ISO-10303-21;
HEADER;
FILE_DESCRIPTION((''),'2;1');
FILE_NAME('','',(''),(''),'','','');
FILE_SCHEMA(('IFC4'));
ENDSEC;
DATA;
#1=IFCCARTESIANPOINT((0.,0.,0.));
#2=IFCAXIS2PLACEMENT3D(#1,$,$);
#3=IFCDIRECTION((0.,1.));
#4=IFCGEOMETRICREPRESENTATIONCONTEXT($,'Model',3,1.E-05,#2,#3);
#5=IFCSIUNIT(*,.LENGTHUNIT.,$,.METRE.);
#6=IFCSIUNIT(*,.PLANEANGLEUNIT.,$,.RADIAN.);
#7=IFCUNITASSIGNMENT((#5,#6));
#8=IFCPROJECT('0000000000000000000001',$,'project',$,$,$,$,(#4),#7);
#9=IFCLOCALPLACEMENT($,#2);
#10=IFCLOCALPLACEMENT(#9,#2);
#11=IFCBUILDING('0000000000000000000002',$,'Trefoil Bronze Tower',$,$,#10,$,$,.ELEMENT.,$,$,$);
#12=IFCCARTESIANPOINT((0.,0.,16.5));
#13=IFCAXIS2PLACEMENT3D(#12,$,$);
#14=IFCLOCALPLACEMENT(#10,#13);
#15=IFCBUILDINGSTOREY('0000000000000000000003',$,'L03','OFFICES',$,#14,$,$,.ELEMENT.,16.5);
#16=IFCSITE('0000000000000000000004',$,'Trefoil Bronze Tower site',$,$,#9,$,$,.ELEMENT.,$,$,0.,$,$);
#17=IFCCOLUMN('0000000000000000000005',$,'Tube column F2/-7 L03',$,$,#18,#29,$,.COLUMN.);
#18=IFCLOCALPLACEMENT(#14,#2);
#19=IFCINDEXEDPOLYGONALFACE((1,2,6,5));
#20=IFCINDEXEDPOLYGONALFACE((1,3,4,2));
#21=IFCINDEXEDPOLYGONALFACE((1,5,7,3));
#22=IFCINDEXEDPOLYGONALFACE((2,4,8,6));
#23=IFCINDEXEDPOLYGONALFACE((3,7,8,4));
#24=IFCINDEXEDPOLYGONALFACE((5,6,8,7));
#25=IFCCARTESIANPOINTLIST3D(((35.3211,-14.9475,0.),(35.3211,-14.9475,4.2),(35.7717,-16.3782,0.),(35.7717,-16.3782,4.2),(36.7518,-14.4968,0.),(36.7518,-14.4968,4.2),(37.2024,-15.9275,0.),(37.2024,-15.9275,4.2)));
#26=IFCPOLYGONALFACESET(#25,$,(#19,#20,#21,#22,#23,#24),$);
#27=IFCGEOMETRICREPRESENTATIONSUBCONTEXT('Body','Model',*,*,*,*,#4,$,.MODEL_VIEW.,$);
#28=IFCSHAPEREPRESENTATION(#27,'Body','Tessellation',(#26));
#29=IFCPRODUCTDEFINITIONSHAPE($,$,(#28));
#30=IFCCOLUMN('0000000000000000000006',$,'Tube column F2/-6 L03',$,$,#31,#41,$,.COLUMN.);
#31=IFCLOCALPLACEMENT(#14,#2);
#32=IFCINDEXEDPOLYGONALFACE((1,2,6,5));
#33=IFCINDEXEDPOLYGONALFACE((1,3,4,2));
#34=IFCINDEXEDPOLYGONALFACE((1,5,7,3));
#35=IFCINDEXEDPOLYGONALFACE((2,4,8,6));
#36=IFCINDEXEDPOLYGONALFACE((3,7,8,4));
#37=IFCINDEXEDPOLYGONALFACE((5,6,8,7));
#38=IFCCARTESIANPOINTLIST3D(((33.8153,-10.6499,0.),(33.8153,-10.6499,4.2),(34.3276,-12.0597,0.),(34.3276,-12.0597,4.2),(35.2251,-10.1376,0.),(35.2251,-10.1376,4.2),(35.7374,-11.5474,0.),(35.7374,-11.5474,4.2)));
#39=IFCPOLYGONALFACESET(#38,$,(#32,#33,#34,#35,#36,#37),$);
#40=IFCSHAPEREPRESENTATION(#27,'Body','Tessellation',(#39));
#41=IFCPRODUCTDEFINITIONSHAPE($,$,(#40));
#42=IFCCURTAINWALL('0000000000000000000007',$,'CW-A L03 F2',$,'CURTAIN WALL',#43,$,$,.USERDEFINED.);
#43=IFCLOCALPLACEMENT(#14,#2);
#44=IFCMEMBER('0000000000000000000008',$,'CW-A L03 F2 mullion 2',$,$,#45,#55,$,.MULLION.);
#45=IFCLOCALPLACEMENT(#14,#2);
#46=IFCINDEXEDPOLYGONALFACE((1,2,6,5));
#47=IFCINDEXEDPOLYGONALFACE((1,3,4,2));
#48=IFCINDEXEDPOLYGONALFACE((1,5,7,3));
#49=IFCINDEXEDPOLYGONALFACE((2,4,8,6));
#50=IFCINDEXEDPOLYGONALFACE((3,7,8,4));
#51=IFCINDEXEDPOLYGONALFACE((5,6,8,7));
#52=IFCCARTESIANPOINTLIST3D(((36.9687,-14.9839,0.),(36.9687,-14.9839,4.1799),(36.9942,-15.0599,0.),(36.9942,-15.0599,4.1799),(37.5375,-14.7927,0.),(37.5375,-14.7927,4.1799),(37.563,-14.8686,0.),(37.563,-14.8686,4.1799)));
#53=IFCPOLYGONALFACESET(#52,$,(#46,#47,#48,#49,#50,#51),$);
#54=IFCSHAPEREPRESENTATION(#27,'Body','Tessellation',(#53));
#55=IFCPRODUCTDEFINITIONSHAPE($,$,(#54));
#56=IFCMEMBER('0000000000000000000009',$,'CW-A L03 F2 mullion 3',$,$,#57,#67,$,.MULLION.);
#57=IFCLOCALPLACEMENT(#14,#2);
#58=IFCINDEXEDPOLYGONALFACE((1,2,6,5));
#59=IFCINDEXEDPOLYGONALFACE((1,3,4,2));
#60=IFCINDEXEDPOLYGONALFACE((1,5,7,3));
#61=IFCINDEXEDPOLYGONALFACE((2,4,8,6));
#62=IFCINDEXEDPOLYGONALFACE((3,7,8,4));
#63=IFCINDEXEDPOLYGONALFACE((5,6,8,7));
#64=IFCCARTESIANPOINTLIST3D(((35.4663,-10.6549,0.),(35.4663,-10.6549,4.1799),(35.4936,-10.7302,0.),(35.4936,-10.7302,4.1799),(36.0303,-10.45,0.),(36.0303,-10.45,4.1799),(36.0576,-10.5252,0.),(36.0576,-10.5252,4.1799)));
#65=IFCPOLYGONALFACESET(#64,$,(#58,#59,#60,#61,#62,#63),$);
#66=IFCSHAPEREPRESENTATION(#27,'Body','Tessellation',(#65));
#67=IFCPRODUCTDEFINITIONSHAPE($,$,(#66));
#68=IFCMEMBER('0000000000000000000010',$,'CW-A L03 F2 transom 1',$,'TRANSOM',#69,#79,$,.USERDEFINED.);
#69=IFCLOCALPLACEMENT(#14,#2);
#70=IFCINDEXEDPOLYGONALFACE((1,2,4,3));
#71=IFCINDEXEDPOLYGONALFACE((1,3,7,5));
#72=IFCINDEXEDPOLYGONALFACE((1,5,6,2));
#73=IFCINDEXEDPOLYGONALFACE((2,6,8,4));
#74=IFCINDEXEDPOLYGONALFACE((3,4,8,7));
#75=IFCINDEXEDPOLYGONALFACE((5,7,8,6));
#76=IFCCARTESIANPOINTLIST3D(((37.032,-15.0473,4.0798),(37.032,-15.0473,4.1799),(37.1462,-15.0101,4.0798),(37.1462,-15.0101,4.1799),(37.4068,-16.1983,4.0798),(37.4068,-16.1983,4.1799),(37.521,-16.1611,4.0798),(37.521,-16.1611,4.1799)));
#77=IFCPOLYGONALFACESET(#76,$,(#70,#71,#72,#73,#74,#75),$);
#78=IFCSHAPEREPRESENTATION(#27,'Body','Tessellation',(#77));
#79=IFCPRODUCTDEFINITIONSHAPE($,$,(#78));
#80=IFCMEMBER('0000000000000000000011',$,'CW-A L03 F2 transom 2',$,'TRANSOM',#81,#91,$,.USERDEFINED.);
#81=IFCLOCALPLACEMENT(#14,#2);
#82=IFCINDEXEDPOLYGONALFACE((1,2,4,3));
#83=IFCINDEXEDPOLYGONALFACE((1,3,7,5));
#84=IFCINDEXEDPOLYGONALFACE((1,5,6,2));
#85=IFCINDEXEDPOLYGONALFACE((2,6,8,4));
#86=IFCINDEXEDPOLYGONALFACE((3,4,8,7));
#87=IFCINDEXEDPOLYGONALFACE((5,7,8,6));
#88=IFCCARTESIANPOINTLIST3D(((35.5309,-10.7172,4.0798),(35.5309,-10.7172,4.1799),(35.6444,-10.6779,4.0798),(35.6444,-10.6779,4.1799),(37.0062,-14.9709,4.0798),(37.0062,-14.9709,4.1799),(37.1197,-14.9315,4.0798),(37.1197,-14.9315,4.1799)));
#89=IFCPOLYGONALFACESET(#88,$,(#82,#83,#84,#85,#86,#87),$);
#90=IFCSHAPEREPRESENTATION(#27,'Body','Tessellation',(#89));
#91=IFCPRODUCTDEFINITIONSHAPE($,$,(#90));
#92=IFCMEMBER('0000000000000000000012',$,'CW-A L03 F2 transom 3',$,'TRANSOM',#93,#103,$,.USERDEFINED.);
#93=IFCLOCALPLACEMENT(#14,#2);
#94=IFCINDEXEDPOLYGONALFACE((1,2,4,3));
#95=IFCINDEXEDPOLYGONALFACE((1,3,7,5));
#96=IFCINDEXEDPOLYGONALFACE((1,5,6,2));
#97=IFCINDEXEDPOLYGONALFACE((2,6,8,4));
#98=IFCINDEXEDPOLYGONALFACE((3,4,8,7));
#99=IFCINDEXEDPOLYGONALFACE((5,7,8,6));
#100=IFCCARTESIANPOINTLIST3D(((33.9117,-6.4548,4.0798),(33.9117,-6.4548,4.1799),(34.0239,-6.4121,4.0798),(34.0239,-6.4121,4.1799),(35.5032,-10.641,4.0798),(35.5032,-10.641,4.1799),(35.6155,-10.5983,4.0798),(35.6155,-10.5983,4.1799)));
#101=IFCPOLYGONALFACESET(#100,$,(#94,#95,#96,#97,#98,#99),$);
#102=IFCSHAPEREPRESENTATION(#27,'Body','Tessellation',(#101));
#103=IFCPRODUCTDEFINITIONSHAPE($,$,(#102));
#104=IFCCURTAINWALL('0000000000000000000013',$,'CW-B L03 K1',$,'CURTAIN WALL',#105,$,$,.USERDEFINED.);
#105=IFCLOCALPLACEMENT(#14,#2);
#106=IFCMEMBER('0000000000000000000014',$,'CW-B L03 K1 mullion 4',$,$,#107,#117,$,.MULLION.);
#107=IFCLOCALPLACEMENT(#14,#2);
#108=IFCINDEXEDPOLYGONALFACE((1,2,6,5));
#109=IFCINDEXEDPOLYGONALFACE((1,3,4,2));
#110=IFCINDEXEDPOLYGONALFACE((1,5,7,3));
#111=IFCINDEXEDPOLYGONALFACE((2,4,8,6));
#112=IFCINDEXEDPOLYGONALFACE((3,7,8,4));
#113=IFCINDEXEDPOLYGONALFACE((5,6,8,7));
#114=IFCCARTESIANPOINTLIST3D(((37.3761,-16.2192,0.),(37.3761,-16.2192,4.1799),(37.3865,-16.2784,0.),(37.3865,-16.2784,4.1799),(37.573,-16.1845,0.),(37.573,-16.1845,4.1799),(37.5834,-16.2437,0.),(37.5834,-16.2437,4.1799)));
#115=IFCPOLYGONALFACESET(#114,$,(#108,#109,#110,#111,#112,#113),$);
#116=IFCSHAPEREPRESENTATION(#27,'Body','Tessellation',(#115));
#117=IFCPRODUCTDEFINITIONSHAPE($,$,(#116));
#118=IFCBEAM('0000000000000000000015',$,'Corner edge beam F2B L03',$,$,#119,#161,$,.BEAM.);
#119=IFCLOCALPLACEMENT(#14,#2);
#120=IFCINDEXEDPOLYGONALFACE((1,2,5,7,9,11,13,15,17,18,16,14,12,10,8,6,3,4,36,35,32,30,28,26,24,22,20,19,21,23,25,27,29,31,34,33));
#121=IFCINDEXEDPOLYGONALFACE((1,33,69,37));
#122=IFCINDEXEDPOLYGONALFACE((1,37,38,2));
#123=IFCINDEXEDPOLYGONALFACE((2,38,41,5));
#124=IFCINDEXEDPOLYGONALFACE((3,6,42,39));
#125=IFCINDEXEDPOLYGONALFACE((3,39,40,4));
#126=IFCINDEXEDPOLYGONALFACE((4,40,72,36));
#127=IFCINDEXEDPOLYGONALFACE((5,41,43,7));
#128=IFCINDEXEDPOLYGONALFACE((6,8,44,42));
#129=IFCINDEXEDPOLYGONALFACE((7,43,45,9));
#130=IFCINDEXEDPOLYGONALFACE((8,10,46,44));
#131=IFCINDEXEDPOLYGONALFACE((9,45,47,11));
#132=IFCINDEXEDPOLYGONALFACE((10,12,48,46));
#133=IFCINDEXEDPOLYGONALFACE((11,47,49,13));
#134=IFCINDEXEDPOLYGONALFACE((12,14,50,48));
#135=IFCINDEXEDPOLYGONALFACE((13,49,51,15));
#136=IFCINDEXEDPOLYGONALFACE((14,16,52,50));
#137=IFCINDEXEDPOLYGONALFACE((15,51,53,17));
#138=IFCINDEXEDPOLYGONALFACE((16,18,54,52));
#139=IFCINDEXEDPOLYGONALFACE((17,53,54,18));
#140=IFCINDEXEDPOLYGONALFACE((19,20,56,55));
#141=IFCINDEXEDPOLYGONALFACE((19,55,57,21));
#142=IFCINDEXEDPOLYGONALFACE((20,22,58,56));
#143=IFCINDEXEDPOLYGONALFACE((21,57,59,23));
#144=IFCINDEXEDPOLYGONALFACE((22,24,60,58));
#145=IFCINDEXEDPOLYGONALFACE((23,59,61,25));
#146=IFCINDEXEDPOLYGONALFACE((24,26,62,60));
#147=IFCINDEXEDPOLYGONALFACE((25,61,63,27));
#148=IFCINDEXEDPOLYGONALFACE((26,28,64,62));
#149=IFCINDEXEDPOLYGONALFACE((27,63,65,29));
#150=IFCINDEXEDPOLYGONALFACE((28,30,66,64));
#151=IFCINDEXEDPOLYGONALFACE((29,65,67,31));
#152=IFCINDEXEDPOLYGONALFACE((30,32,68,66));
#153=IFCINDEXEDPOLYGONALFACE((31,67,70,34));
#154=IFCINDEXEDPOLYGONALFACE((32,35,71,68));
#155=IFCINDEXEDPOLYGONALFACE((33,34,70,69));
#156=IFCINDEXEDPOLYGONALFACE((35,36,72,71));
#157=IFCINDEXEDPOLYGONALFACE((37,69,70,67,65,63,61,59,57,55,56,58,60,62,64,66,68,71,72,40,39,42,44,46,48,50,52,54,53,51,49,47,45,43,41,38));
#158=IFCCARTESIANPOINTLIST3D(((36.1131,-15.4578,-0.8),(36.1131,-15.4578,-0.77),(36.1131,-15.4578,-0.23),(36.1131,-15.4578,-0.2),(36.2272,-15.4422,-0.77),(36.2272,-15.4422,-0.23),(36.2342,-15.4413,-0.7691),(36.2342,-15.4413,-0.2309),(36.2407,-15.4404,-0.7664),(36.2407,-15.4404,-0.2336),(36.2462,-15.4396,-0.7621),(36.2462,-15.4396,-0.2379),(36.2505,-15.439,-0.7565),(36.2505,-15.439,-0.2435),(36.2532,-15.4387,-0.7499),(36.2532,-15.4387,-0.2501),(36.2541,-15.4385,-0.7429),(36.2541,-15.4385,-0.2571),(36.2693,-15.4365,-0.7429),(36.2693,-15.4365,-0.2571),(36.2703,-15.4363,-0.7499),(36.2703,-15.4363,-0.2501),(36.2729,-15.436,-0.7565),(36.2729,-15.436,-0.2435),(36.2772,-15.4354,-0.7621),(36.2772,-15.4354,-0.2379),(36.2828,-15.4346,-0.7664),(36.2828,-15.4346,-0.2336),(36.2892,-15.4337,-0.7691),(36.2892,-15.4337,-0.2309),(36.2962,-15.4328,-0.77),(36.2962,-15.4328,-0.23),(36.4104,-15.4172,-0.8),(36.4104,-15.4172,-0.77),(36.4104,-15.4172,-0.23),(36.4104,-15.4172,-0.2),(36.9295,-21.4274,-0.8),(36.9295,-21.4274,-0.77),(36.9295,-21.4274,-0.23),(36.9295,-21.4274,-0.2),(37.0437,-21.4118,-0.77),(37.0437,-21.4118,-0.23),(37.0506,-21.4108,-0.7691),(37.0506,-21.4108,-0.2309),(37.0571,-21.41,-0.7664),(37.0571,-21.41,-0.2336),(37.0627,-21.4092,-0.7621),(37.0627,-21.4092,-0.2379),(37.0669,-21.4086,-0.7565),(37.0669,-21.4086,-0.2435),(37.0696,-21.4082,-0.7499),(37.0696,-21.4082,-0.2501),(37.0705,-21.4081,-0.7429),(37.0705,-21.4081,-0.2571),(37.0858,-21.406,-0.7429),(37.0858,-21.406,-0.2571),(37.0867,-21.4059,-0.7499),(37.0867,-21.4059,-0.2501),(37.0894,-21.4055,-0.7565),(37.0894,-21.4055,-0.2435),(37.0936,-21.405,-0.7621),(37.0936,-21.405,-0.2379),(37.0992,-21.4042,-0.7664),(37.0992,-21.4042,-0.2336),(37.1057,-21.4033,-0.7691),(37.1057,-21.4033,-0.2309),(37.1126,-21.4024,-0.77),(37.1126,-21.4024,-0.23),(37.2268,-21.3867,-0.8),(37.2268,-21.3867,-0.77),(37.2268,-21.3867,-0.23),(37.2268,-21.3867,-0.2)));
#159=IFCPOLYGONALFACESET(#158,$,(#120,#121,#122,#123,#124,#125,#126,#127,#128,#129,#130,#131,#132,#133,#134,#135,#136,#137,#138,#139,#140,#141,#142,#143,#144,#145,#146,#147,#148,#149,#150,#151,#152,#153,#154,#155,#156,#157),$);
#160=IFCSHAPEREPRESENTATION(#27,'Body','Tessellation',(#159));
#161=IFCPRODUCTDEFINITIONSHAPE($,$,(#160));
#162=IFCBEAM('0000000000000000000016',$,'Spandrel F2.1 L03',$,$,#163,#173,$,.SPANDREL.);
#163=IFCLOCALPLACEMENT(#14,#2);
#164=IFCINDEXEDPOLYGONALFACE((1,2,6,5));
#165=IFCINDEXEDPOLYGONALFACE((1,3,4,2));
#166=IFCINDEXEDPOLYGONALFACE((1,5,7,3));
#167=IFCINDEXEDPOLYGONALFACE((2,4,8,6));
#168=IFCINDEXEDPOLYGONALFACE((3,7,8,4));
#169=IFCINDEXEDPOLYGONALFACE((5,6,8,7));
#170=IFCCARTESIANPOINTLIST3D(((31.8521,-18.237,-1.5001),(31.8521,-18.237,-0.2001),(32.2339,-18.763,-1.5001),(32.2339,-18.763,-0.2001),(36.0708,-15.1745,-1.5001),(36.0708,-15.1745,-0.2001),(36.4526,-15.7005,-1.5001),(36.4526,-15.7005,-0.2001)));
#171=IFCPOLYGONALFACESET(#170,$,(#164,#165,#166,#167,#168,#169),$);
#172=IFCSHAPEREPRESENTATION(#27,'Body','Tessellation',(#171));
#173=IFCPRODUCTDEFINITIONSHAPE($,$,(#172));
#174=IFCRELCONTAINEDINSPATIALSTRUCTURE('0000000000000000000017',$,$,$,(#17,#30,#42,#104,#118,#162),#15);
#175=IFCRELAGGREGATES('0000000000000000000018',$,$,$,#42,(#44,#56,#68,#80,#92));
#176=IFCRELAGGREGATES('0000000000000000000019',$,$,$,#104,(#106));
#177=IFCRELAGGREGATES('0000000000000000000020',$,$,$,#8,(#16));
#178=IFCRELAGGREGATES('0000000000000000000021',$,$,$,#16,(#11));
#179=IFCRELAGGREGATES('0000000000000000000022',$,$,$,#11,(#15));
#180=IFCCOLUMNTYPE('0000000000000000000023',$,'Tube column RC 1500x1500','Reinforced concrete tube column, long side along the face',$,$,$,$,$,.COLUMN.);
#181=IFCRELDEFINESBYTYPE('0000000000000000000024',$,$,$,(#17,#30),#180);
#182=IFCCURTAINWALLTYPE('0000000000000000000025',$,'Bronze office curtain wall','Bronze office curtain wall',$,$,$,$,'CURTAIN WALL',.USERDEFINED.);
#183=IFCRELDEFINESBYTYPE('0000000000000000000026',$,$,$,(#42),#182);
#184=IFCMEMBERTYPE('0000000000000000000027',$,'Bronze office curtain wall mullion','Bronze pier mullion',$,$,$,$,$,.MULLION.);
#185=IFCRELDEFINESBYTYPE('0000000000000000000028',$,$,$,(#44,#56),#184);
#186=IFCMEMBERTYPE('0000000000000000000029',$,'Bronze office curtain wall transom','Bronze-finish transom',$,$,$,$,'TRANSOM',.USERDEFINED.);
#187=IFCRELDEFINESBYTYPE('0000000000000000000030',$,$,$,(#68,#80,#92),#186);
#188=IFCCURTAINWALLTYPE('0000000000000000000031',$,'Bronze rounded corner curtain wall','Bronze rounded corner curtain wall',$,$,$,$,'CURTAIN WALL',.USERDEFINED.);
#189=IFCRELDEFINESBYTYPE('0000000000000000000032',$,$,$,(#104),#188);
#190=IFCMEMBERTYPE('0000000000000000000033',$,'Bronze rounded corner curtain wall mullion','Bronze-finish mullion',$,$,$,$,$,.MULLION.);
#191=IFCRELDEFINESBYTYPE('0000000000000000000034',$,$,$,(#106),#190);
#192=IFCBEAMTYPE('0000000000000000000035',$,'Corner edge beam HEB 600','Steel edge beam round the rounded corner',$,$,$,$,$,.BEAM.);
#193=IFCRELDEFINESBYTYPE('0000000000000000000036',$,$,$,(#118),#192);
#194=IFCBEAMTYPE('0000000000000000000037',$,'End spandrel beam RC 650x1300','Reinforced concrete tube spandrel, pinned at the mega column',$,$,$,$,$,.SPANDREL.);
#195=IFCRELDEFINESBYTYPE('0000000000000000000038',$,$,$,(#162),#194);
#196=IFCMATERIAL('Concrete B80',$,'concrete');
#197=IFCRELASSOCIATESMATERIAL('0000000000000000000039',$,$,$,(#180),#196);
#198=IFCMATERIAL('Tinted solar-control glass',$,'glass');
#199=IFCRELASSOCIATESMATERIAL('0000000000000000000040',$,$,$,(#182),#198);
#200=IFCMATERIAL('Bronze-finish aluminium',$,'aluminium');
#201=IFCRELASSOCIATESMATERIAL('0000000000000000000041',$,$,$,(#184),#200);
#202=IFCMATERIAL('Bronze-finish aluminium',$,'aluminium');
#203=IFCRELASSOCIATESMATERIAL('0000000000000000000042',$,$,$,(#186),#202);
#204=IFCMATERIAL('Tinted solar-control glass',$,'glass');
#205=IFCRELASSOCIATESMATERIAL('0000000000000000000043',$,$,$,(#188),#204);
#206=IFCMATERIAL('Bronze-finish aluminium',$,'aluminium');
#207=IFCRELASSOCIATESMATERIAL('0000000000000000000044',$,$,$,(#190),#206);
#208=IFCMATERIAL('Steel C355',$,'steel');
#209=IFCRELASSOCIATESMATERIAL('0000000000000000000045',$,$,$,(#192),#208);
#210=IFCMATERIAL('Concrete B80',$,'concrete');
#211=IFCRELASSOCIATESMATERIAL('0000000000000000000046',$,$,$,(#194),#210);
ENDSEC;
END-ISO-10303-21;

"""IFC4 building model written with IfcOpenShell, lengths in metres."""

from ifc_helpers import new_model, si_unit, direction, frame, origin, origin_2d, place, context, subcontext, project, spatial, rectangle, i_section, extrude, material, material_profile, profile_set, type_object, element, aggregate, save


model = new_model("IFC4")

# Units and contexts
model_context = context("Model", 3, precision=1e-05, world=origin(), true_north=direction((0.0, 1.0)))
body_context = subcontext(model_context, "Body", "Model", "MODEL_VIEW")
ifc_project = project(units=[si_unit("LENGTHUNIT", "METRE"), si_unit("PLANEANGLEUNIT", "RADIAN")], contexts=[model_context])

# Site, building, storey
site_placement = place(None, origin())
site = spatial("IfcSite", under=ifc_project, at=site_placement, Name="Trefoil Bronze Tower site", CompositionType="ELEMENT", RefElevation=0.0)
building_placement = place(site_placement, origin())
building = spatial("IfcBuilding", under=site, at=building_placement, Name="Trefoil Bronze Tower", CompositionType="ELEMENT")
storey_placement = place(building_placement, frame((0.0, 0.0, 16.5)))
storey = spatial("IfcBuildingStorey", under=building, at=storey_placement, Name="L03", Description="OFFICES", CompositionType="ELEMENT", Elevation=16.5)

# Columns
ifc_material_1 = material(Name="Concrete B80", Category="concrete")
ifc_material_profile_1 = material_profile(ifc_material_1, rectangle(XDim=1.5, YDim=1.5, at=origin_2d()), Name="RC 1500x1500")
ifc_profile_set_1 = profile_set([ifc_material_profile_1], Name="Concrete B80")
column_type = type_object("IfcColumnType", Name="Tube column RC 1500x1500", Description="Reinforced concrete tube column, long side along the face", PredefinedType="COLUMN", material=ifc_profile_set_1)
for number, where, z_axis, x_axis, name in (
    (1, (36.2617, -15.4375, 0.0), (0.0, 0.0, 1.0), (-0.300414, 0.953809, 0.0), "Tube column F2/-7 L03"),
    (2, (34.7764, -11.0986, 0.0), (0.0, 0.0, 1.0), (-0.341559, 0.93986, 0.0), "Tube column F2/-6 L03"),
):
    element("IfcColumn", number, at=place(storey_placement, frame(where, z_axis=z_axis, x_axis=x_axis)), inside=storey, type_object=column_type, Name=name, PredefinedType="COLUMN", context=body_context, shape_type="SweptSolid", body=[
        extrude(rectangle(XDim=1.5, YDim=1.5, at=origin_2d()), origin(), (0.0, 0.0, 1.0), 4.2),
    ])

# Curtain wall, members
ifc_material_2 = material(Name="Tinted solar-control glass", Category="glass")
curtain_wall_type_1 = type_object("IfcCurtainWallType", Name="Bronze office curtain wall", Description="Bronze office curtain wall", ElementType="CURTAIN WALL", PredefinedType="USERDEFINED", material=ifc_material_2)
curtain_wall_1_placement = place(storey_placement, origin())
curtain_wall_1 = element("IfcCurtainWall", 3, at=curtain_wall_1_placement, inside=storey, type_object=curtain_wall_type_1, Name="CW-A L03 F2", ObjectType="CURTAIN WALL", PredefinedType="USERDEFINED")
ifc_material_3 = material(Name="Bronze-finish aluminium", Category="aluminium")
ifc_material_profile_2 = material_profile(ifc_material_3, rectangle(XDim=0.6001, YDim=0.0801, at=origin_2d()), Name="CW-A mullion")
ifc_profile_set_2 = profile_set([ifc_material_profile_2], Name="Bronze-finish aluminium")
member_type_1 = type_object("IfcMemberType", Name="Bronze office curtain wall mullion", Description="Bronze pier mullion", PredefinedType="MULLION", material=ifc_profile_set_2)
member_1_placement = place(storey_placement, frame((37.2659, -14.9263, 0.0), z_axis=(0.0, 0.0, 1.0), x_axis=(-0.947851, -0.318715, 0.0)))
member_1 = element("IfcMember", 4, at=member_1_placement, type_object=member_type_1, Name="CW-A L03 F2 mullion 2", PredefinedType="MULLION", context=body_context, shape_type="SweptSolid", body=[
    extrude(rectangle(XDim=0.6001, YDim=0.0801, at=origin_2d()), origin(), (0.0, 0.0, 1.0), 4.1799),
])
member_2_placement = place(storey_placement, frame((35.762, -10.5901, 0.0), z_axis=(0.0, 0.0, 1.0), x_axis=(-0.93986, -0.341559, 0.0)))
member_2 = element("IfcMember", 5, at=member_2_placement, type_object=member_type_1, Name="CW-A L03 F2 mullion 3", PredefinedType="MULLION", context=body_context, shape_type="SweptSolid", body=[
    extrude(rectangle(XDim=0.6001, YDim=0.0801, at=origin_2d()), origin(), (0.0, 0.0, 1.0), 4.1799),
])
ifc_material_4 = material(Name="Bronze-finish aluminium", Category="aluminium")
ifc_material_profile_3 = material_profile(ifc_material_4, rectangle(XDim=0.1201, YDim=0.1001, at=origin_2d()), Name="CW-A transom")
ifc_profile_set_3 = profile_set([ifc_material_profile_3], Name="Bronze-finish aluminium")
member_type_2 = type_object("IfcMemberType", Name="Bronze office curtain wall transom", Description="Bronze-finish transom", ElementType="TRANSOM", PredefinedType="USERDEFINED", material=ifc_profile_set_3)
member_3_placement = place(storey_placement, frame((37.4639, -16.1797, 4.1299), z_axis=(-0.309624, 0.950859, 0.0), x_axis=(-0.950859, -0.309624, 0.0)))
member_3 = element("IfcMember", 6, at=member_3_placement, type_object=member_type_2, Name="CW-A L03 F2 transom 1", ObjectType="TRANSOM", PredefinedType="USERDEFINED", context=body_context, shape_type="SweptSolid", body=[
    extrude(rectangle(XDim=0.1201, YDim=0.1001, at=origin_2d()), origin(), (0.0, 0.0, 1.0), 1.2104),
])
member_4_placement = place(storey_placement, frame((37.063, -14.9512, 4.1299), z_axis=(-0.32769, 0.944785, 0.0), x_axis=(-0.944785, -0.32769, 0.0)))
member_4 = element("IfcMember", 7, at=member_4_placement, type_object=member_type_2, Name="CW-A L03 F2 transom 2", ObjectType="TRANSOM", PredefinedType="USERDEFINED", context=body_context, shape_type="SweptSolid", body=[
    extrude(rectangle(XDim=0.1201, YDim=0.1001, at=origin_2d()), origin(), (0.0, 0.0, 1.0), 4.5022),
])
member_5_placement = place(storey_placement, frame((35.5593, -10.6196, 4.1299), z_axis=(-0.355367, 0.934727, 0.0), x_axis=(-0.934727, -0.355367, 0.0)))
member_5 = element("IfcMember", 8, at=member_5_placement, type_object=member_type_2, Name="CW-A L03 F2 transom 3", ObjectType="TRANSOM", PredefinedType="USERDEFINED", context=body_context, shape_type="SweptSolid", body=[
    extrude(rectangle(XDim=0.1201, YDim=0.1001, at=origin_2d()), origin(), (0.0, 0.0, 1.0), 4.4785),
])

# Curtain wall, member
ifc_material_5 = material(Name="Tinted solar-control glass", Category="glass")
curtain_wall_type_2 = type_object("IfcCurtainWallType", Name="Bronze rounded corner curtain wall", Description="Bronze rounded corner curtain wall", ElementType="CURTAIN WALL", PredefinedType="USERDEFINED", material=ifc_material_5)
curtain_wall_2_placement = place(storey_placement, origin())
curtain_wall_2 = element("IfcCurtainWall", 9, at=curtain_wall_2_placement, inside=storey, type_object=curtain_wall_type_2, Name="CW-B L03 K1", ObjectType="CURTAIN WALL", PredefinedType="USERDEFINED")
ifc_material_6 = material(Name="Bronze-finish aluminium", Category="aluminium")
ifc_material_profile_4 = material_profile(ifc_material_6, rectangle(XDim=0.2, YDim=0.0601, at=origin_2d()), Name="CW-B mullion")
ifc_profile_set_4 = profile_set([ifc_material_profile_4], Name="Bronze-finish aluminium")
member_type_3 = type_object("IfcMemberType", Name="Bronze rounded corner curtain wall mullion", Description="Bronze-finish mullion", PredefinedType="MULLION", material=ifc_profile_set_4)
member_6_placement = place(storey_placement, frame((37.4797, -16.2314, 0.0), z_axis=(0.0, 0.0, 1.0), x_axis=(-0.984808, -0.173648, 0.0)))
member_6 = element("IfcMember", 10, at=member_6_placement, type_object=member_type_3, Name="CW-B L03 K1 mullion 4", PredefinedType="MULLION", context=body_context, shape_type="SweptSolid", body=[
    extrude(rectangle(XDim=0.2, YDim=0.0601, at=origin_2d()), origin(), (0.0, 0.0, 1.0), 4.1799),
])

# Beams
ifc_material_7 = material(Name="Steel C355", Category="steel")
ifc_material_profile_5 = material_profile(ifc_material_7, i_section(OverallWidth=0.3, OverallDepth=0.6001, WebThickness=0.0154, FlangeThickness=0.03, FilletRadius=0.0271, at=origin_2d()), Name="HEB 600")
ifc_profile_set_5 = profile_set([ifc_material_profile_5], Name="Steel C355")
beam_type_1 = type_object("IfcBeamType", Name="Corner edge beam HEB 600", Description="Steel edge beam round the rounded corner", PredefinedType="BEAM", material=ifc_profile_set_5)
beam_1_placement = place(storey_placement, frame((36.2617, -15.4375, -0.5), z_axis=(0.135502, -0.990777, 0.0), x_axis=(0.990777, 0.135502, 0.0)))
element("IfcBeam", 11, at=beam_1_placement, inside=storey, type_object=beam_type_1, Name="Corner edge beam F2B L03", PredefinedType="BEAM", context=body_context, shape_type="SweptSolid", body=[
    extrude(i_section(OverallWidth=0.3, OverallDepth=0.6001, WebThickness=0.0154, FlangeThickness=0.03, FilletRadius=0.0271, at=origin_2d()), origin(), (0.0, 0.0, 1.0), 6.0251),
])
ifc_material_8 = material(Name="Concrete B80", Category="concrete")
ifc_material_profile_6 = material_profile(ifc_material_8, rectangle(XDim=0.6499, YDim=1.3, at=origin_2d()), Name="RC 650x1300")
ifc_profile_set_6 = profile_set([ifc_material_profile_6], Name="Concrete B80")
beam_type_2 = type_object("IfcBeamType", Name="End spandrel beam RC 650x1300", Description="Reinforced concrete tube spandrel, pinned at the mega column", PredefinedType="SPANDREL", material=ifc_profile_set_6)
beam_2_placement = place(storey_placement, frame((32.043, -18.5, -0.8501), z_axis=(0.809254, 0.587459, 0.0), x_axis=(-0.587459, 0.809254, 0.0)))
element("IfcBeam", 12, at=beam_2_placement, inside=storey, type_object=beam_type_2, Name="Spandrel F2.1 L03", PredefinedType="SPANDREL", context=body_context, shape_type="SweptSolid", body=[
    extrude(rectangle(XDim=0.6499, YDim=1.3, at=origin_2d()), origin(), (0.0, 0.0, 1.0), 5.2131),
])

aggregate(curtain_wall_1, [member_1, member_2, member_3, member_4, member_5])
aggregate(curtain_wall_2, [member_6])

save(model, "model.ifc")
